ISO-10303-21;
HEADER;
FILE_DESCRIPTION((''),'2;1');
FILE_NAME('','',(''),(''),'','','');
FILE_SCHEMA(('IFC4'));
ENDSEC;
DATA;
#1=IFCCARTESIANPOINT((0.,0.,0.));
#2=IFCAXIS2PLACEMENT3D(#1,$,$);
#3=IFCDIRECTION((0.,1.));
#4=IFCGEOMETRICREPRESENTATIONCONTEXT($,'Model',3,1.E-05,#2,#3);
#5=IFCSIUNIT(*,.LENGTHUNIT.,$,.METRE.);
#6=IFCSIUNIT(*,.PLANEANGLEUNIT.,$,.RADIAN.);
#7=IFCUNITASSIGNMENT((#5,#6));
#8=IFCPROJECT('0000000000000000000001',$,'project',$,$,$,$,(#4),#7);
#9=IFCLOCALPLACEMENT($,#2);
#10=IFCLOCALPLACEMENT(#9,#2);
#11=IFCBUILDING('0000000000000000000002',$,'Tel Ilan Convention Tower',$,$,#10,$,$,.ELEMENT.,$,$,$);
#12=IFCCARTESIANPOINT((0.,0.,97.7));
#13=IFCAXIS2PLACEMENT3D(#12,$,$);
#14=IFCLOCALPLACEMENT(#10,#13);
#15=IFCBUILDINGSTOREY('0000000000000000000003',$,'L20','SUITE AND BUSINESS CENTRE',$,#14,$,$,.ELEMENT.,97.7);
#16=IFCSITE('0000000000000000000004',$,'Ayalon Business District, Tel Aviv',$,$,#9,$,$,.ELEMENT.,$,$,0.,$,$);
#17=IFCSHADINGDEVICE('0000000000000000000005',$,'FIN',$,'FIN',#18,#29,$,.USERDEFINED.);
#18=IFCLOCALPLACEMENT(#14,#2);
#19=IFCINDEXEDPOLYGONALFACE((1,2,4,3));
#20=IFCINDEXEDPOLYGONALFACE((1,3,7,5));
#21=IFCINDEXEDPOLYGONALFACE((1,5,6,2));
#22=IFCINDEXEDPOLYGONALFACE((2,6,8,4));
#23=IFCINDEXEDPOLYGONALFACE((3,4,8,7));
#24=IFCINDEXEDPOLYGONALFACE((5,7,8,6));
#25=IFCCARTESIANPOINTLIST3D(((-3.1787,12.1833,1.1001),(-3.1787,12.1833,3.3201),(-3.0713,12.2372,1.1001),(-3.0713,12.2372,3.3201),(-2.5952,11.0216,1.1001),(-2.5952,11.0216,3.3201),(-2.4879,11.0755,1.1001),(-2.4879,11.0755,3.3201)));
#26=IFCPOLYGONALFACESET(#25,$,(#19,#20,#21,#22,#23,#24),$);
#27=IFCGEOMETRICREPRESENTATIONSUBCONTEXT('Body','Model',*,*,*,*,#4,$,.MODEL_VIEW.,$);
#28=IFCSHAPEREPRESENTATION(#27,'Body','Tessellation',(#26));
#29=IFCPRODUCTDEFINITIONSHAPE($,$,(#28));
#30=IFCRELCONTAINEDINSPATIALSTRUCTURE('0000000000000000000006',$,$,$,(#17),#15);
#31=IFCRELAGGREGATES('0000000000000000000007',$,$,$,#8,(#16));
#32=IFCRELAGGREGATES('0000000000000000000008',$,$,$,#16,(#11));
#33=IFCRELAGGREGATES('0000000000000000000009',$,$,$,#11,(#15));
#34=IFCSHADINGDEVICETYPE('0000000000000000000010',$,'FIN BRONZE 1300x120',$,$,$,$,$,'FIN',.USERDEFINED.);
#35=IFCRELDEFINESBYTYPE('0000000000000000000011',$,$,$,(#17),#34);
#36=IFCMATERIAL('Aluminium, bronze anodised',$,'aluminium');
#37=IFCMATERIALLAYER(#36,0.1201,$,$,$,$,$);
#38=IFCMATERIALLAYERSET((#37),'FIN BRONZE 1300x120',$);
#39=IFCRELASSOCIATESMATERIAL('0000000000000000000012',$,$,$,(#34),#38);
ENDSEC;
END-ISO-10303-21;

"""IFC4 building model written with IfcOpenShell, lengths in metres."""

from ifc_helpers import new_model, si_unit, direction, frame, origin, origin_2d, place, context, subcontext, project, spatial, rectangle, extrude, material, layer, layer_set, type_object, element, save


model = new_model("IFC4")

# Units and contexts
model_context = context("Model", 3, precision=1e-05, world=origin(), true_north=direction((0.0, 1.0)))
body_context = subcontext(model_context, "Body", "Model", "MODEL_VIEW")
ifc_project = project(units=[si_unit("LENGTHUNIT", "METRE"), si_unit("PLANEANGLEUNIT", "RADIAN")], contexts=[model_context])

# Site, building, storey
site_placement = place(None, origin())
site = spatial("IfcSite", under=ifc_project, at=site_placement, Name="Ayalon Business District, Tel Aviv", CompositionType="ELEMENT", RefElevation=0.0)
building_placement = place(site_placement, origin())
building = spatial("IfcBuilding", under=site, at=building_placement, Name="Tel Ilan Convention Tower", CompositionType="ELEMENT")
storey_placement = place(building_placement, frame((0.0, 0.0, 97.7)))
storey = spatial("IfcBuildingStorey", under=building, at=storey_placement, Name="L20", Description="SUITE AND BUSINESS CENTRE", CompositionType="ELEMENT", Elevation=97.7)

# Shading device
ifc_material_1 = material(Name="Aluminium, bronze anodised", Category="aluminium")
ifc_layer_1 = layer(ifc_material_1, 0.1201)
ifc_layer_set_1 = layer_set([ifc_layer_1], Name="FIN BRONZE 1300x120")
shading_device_type = type_object("IfcShadingDeviceType", Name="FIN BRONZE 1300x120", ElementType="FIN", PredefinedType="USERDEFINED", material=ifc_layer_set_1)
shading_device_placement = place(storey_placement, frame((-2.8333, 11.6294, 1.1001), z_axis=(0.0, 0.0, 1.0), x_axis=(-0.448799, 0.893633, 0.0)))
element("IfcShadingDevice", 1, at=shading_device_placement, inside=storey, type_object=shading_device_type, Name="FIN", ObjectType="FIN", PredefinedType="USERDEFINED", context=body_context, shape_type="SweptSolid", body=[
    extrude(rectangle(XDim=1.3, YDim=0.1201, at=origin_2d()), origin(), (0.0, 0.0, 1.0), 2.22),
])

save(model, "model.ifc")
